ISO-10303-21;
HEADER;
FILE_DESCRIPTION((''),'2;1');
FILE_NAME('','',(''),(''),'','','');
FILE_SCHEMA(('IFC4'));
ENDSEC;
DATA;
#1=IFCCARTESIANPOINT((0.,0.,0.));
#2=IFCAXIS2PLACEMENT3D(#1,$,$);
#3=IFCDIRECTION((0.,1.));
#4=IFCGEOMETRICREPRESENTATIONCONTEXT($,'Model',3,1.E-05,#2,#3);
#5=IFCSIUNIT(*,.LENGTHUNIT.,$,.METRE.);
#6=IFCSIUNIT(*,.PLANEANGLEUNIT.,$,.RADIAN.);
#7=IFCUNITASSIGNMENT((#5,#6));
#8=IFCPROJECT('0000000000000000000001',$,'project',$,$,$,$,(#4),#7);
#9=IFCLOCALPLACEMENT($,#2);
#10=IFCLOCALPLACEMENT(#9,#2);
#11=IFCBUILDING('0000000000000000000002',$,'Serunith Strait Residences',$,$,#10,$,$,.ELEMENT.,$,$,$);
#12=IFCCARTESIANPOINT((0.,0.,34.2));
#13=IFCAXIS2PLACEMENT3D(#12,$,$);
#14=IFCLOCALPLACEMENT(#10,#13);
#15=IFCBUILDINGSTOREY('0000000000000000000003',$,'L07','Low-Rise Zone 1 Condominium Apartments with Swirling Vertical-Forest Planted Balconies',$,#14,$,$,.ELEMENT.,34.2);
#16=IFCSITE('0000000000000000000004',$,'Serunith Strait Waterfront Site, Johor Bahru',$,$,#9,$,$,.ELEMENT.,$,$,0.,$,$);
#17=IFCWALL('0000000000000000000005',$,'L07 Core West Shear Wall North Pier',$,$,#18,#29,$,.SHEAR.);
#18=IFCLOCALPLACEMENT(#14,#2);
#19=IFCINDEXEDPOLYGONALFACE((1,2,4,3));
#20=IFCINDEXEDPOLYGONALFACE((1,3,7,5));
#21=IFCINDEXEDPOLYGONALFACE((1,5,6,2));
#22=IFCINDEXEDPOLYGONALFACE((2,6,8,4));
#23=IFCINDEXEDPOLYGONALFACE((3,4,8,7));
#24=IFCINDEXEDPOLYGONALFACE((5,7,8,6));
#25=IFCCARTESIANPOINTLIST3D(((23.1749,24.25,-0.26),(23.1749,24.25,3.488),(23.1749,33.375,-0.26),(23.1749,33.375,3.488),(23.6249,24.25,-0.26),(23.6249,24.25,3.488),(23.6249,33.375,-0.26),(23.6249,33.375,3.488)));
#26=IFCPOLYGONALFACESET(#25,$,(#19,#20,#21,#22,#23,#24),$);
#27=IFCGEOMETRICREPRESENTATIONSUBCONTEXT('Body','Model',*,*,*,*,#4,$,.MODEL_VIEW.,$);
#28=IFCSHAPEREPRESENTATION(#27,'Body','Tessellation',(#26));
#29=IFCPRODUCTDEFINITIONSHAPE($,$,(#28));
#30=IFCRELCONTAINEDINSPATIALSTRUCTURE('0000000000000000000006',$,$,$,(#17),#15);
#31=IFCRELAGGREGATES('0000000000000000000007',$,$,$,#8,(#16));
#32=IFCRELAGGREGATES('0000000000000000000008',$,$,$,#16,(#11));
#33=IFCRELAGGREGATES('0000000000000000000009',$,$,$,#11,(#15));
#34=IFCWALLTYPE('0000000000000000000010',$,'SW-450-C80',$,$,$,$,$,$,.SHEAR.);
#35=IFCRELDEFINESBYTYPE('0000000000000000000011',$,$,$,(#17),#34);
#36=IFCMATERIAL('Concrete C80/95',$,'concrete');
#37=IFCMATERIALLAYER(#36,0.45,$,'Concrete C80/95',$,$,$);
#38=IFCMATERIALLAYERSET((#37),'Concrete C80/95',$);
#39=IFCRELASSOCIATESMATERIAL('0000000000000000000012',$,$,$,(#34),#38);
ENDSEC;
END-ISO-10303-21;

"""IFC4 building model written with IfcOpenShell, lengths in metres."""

from ifc_helpers import new_model, si_unit, direction, frame, frame_2d, origin, place, context, subcontext, project, spatial, rectangle, extrude, material, layer, layer_set, type_object, element, save


model = new_model("IFC4")

# Units and contexts
model_context = context("Model", 3, precision=1e-05, world=origin(), true_north=direction((0.0, 1.0)))
body_context = subcontext(model_context, "Body", "Model", "MODEL_VIEW")
ifc_project = project(units=[si_unit("LENGTHUNIT", "METRE"), si_unit("PLANEANGLEUNIT", "RADIAN")], contexts=[model_context])

# Site, building, storey
site_placement = place(None, origin())
site = spatial("IfcSite", under=ifc_project, at=site_placement, Name="Serunith Strait Waterfront Site, Johor Bahru", CompositionType="ELEMENT", RefElevation=0.0)
building_placement = place(site_placement, origin())
building = spatial("IfcBuilding", under=site, at=building_placement, Name="Serunith Strait Residences", CompositionType="ELEMENT")
storey_placement = place(building_placement, frame((0.0, 0.0, 34.2)))
storey = spatial("IfcBuildingStorey", under=building, at=storey_placement, Name="L07", Description="Low-Rise Zone 1 Condominium Apartments with Swirling Vertical-Forest Planted Balconies", CompositionType="ELEMENT", Elevation=34.2)

# Wall
ifc_material_1 = material(Name="Concrete C80/95", Category="concrete")
ifc_layer_1 = layer(ifc_material_1, 0.45, Name="Concrete C80/95")
ifc_layer_set_1 = layer_set([ifc_layer_1], Name="Concrete C80/95")
wall_type_1 = type_object("IfcWallType", Name="SW-450-C80", PredefinedType="SHEAR", material=ifc_layer_set_1)
wall_1_placement = place(storey_placement, frame((23.3999, 24.25, -0.26), z_axis=(0.0, 0.0, 1.0), x_axis=(0.0, 1.0, 0.0)))
element("IfcWall", 1, at=wall_1_placement, inside=storey, type_object=wall_type_1, Name="L07 Core West Shear Wall North Pier", PredefinedType="SHEAR", context=body_context, shape_type="SweptSolid", body=[
    extrude(rectangle(XDim=9.125, YDim=0.45, at=frame_2d((4.5625, 0.0))), origin(), (0.0, 0.0, 1.0), 3.748),
])

save(model, "model.ifc")
